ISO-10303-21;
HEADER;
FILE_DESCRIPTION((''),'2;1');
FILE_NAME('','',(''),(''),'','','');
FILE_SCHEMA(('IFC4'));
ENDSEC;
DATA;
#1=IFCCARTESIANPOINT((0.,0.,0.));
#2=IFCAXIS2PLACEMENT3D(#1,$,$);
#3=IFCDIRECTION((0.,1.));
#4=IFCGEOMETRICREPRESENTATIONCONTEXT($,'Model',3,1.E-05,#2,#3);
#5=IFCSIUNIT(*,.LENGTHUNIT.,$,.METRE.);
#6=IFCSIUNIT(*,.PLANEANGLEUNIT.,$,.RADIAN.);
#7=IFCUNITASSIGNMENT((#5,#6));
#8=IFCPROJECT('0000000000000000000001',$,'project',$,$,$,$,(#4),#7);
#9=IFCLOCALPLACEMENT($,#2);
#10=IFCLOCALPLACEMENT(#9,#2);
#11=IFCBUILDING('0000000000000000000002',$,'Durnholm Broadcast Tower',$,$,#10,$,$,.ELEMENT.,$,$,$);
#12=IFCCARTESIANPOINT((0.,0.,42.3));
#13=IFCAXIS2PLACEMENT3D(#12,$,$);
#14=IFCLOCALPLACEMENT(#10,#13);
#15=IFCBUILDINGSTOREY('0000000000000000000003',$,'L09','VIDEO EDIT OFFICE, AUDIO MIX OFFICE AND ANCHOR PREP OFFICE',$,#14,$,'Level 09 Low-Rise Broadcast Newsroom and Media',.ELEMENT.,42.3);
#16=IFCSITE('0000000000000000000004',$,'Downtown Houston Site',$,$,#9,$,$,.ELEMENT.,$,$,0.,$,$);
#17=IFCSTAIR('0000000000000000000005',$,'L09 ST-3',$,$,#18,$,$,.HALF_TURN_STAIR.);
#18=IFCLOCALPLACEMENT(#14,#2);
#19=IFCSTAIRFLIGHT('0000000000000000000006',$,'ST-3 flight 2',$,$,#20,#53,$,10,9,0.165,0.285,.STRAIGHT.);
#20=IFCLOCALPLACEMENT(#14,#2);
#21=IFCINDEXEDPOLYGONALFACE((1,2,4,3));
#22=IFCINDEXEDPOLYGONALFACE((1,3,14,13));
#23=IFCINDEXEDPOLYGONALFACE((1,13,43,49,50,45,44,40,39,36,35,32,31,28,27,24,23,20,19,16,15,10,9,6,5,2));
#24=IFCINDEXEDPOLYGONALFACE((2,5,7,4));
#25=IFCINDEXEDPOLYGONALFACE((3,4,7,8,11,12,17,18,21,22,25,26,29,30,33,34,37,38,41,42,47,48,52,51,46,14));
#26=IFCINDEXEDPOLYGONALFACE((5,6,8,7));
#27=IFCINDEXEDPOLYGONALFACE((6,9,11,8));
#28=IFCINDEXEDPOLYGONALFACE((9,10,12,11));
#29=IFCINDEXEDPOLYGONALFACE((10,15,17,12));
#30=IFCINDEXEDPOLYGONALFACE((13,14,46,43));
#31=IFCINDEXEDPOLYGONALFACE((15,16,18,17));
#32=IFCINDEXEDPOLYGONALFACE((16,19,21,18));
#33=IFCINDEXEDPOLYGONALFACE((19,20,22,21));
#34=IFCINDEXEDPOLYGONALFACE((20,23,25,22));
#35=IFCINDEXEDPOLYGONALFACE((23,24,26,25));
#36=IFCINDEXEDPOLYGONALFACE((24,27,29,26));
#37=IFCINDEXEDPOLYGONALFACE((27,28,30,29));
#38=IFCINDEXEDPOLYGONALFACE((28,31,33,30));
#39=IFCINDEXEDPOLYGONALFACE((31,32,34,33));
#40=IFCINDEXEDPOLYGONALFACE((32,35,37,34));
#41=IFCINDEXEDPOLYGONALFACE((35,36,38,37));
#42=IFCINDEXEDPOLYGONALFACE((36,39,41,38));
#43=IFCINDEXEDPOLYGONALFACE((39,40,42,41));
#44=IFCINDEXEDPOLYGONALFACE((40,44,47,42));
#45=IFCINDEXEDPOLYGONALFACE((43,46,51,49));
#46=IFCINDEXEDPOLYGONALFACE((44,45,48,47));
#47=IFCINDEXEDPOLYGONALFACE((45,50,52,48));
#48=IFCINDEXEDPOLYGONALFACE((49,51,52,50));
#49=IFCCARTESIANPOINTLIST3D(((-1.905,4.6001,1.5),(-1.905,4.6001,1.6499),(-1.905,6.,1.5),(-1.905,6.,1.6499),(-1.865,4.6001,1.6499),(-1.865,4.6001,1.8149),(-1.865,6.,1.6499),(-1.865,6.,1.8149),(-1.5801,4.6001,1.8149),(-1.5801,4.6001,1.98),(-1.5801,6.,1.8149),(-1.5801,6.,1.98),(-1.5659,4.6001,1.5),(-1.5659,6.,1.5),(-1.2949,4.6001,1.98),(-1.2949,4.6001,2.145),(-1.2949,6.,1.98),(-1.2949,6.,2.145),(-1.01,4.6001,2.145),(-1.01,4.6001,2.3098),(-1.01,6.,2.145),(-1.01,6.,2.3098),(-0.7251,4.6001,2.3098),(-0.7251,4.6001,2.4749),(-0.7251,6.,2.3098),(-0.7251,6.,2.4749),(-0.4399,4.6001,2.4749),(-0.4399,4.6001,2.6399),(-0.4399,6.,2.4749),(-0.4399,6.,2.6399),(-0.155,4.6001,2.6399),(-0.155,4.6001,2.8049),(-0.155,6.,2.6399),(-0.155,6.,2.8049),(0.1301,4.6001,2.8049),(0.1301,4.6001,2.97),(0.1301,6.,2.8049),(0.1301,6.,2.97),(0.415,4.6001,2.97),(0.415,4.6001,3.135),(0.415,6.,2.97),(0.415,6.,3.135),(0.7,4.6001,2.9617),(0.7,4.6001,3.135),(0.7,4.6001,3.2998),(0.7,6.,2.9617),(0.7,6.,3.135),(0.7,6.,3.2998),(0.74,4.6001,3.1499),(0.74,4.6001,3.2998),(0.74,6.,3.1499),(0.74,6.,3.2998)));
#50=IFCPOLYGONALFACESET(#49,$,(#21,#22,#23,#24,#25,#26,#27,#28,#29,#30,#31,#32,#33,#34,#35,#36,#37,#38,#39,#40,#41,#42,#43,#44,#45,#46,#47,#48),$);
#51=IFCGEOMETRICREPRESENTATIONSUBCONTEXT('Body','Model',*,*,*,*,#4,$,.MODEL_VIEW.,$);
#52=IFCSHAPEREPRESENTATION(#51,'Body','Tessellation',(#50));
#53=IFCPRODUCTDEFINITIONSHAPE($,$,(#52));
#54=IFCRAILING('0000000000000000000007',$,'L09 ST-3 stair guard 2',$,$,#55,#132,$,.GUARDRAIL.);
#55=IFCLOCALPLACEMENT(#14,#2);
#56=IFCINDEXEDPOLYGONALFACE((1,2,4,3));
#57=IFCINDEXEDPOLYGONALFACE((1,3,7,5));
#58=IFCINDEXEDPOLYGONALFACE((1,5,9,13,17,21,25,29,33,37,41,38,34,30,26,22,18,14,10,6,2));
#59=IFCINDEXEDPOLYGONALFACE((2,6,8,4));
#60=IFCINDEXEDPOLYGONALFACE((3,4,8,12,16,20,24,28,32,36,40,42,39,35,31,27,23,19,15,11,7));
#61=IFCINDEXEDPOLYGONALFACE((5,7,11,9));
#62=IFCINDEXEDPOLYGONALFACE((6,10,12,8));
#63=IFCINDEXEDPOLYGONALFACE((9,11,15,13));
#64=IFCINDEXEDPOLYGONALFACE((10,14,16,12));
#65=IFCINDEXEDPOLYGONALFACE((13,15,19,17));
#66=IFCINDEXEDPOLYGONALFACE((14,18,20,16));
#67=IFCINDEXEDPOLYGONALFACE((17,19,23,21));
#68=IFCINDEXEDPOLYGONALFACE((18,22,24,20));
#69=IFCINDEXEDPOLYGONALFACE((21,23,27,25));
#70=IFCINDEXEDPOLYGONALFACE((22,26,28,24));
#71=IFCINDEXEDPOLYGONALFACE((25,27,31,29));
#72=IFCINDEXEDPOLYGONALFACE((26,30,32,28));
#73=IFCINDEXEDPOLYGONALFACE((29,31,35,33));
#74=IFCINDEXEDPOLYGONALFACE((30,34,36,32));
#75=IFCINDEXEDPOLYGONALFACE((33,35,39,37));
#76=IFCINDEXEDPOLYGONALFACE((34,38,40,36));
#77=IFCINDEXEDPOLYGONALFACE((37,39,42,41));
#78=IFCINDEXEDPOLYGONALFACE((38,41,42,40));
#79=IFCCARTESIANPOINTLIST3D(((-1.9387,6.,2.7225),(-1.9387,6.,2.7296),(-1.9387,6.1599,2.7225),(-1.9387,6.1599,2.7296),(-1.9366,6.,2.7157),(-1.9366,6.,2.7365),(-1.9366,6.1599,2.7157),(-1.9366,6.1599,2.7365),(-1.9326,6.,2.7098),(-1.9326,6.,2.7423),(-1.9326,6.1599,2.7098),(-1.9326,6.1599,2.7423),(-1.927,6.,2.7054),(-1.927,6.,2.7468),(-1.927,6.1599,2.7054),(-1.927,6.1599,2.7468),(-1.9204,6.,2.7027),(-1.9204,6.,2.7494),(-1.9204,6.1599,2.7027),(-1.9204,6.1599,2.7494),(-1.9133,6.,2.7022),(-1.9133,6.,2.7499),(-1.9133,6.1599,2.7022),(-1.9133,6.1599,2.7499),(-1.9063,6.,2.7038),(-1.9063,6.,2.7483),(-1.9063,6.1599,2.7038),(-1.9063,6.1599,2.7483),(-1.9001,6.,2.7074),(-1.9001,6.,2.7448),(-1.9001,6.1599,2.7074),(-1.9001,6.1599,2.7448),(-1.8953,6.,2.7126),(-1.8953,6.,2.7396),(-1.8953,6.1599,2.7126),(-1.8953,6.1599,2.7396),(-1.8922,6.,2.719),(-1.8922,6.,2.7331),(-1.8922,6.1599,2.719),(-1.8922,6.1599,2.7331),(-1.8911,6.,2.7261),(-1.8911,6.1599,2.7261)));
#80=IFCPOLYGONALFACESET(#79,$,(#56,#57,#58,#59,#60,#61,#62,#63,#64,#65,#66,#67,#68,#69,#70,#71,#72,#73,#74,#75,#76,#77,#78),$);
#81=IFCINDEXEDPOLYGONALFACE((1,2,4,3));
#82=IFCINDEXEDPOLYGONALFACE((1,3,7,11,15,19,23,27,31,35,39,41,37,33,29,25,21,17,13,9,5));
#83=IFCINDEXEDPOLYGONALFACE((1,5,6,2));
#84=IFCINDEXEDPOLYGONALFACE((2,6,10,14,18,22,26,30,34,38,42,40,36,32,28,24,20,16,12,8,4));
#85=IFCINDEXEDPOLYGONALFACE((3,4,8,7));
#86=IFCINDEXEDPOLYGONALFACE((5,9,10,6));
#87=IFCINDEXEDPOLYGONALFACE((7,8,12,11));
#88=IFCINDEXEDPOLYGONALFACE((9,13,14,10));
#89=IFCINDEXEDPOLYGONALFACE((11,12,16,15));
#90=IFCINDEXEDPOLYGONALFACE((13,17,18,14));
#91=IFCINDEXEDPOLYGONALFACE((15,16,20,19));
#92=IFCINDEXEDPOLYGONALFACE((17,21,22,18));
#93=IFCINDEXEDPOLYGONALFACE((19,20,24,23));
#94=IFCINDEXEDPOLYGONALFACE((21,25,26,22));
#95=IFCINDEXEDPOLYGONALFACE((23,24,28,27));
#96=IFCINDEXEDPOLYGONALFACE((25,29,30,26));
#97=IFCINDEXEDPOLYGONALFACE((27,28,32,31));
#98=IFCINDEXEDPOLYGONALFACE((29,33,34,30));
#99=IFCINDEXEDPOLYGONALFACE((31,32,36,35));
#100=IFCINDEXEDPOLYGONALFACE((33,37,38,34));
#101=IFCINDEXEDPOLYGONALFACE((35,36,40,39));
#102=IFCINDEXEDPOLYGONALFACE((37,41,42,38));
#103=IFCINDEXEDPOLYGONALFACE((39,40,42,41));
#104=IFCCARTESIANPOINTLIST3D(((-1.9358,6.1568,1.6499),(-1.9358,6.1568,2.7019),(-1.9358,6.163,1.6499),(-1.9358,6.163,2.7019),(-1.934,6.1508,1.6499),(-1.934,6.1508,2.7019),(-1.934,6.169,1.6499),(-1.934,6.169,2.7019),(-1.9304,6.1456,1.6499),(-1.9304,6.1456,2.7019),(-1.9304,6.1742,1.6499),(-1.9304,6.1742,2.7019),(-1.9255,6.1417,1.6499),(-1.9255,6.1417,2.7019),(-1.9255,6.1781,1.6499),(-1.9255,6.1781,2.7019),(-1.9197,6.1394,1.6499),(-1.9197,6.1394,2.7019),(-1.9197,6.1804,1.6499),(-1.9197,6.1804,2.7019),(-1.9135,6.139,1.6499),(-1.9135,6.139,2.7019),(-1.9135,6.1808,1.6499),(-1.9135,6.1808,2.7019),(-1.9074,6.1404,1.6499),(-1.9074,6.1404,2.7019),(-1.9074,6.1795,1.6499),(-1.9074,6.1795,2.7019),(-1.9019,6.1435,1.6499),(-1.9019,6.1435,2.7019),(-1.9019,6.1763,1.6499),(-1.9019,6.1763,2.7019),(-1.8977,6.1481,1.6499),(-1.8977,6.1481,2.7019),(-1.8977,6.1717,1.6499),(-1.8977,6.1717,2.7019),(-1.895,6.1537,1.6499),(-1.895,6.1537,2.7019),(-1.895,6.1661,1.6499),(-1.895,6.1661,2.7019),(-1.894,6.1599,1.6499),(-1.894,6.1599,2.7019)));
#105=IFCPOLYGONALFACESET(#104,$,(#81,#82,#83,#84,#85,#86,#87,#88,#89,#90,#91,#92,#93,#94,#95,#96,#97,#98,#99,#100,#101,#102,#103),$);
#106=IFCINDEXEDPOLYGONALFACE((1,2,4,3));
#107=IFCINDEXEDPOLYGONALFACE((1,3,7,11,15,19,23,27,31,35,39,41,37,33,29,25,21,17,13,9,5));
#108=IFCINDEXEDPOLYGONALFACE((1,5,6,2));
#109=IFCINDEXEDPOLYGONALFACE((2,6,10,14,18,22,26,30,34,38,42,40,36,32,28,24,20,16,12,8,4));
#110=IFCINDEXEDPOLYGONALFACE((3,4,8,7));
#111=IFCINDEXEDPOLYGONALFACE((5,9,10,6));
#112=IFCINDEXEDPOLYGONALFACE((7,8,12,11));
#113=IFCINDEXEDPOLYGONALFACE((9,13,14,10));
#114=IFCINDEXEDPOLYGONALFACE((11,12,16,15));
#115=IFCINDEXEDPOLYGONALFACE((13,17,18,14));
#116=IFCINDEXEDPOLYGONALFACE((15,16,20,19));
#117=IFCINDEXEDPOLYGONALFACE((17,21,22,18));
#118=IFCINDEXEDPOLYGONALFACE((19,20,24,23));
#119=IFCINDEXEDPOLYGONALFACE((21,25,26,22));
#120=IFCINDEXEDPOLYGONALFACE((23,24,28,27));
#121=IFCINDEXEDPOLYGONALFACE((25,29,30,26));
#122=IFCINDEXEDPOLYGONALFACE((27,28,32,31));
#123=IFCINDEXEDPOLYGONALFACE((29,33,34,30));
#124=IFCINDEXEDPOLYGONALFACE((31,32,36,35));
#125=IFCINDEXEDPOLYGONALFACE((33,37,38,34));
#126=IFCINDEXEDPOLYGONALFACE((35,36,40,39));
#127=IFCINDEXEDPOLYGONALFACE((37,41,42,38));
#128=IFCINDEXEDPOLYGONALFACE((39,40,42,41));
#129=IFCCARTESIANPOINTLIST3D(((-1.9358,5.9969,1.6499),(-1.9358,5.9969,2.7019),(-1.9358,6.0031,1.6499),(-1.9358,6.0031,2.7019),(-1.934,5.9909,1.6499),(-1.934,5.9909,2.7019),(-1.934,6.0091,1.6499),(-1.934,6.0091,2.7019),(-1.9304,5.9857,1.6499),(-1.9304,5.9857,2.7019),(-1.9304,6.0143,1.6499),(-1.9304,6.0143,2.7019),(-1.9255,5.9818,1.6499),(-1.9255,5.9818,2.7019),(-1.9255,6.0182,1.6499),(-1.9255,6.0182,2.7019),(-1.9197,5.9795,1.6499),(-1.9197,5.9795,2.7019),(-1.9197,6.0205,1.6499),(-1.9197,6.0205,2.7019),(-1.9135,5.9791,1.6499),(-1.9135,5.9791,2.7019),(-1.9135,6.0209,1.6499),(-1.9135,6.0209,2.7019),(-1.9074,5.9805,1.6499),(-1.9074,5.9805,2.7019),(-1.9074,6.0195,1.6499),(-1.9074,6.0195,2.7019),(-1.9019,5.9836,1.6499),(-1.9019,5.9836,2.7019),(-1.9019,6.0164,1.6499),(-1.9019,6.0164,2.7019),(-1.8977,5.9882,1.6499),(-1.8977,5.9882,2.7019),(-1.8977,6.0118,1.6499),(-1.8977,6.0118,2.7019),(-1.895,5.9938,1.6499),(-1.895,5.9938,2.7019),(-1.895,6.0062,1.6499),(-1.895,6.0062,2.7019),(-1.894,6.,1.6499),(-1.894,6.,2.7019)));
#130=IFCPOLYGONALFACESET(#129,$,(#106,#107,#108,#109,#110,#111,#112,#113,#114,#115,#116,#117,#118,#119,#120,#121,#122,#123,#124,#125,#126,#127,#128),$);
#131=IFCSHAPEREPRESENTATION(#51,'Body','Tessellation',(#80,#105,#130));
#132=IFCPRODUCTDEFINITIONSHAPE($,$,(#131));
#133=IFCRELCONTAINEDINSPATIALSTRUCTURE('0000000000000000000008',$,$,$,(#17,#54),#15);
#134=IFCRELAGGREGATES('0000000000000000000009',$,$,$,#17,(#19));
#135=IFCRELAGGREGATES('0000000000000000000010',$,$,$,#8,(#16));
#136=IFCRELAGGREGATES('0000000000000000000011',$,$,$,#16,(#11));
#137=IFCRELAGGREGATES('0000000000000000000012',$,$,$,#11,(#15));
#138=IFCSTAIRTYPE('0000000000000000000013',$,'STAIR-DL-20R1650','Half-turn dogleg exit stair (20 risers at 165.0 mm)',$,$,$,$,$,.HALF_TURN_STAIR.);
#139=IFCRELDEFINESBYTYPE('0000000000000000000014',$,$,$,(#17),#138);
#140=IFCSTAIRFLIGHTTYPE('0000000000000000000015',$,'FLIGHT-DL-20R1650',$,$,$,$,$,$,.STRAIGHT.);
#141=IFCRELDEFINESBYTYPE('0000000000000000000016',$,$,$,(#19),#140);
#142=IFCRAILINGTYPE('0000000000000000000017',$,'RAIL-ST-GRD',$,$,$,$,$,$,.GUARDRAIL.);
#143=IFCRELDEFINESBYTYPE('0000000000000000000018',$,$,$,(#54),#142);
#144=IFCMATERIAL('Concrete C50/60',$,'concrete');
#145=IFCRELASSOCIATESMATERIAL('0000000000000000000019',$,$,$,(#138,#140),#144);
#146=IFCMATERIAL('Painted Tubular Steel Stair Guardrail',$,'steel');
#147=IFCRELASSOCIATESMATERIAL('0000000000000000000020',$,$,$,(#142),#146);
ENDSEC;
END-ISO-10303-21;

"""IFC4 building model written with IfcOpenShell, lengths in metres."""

from ifc_helpers import new_model, si_unit, direction, frame, origin, origin_2d, place, context, subcontext, project, spatial, polyline, circle, outline, extrude, material, type_object, element, aggregate, save


model = new_model("IFC4")

# Units and contexts
model_context = context("Model", 3, precision=1e-05, world=origin(), true_north=direction((0.0, 1.0)))
body_context = subcontext(model_context, "Body", "Model", "MODEL_VIEW")
ifc_project = project(units=[si_unit("LENGTHUNIT", "METRE"), si_unit("PLANEANGLEUNIT", "RADIAN")], contexts=[model_context])

# Site, building, storey
site_placement = place(None, origin())
site = spatial("IfcSite", under=ifc_project, at=site_placement, Name="Downtown Houston Site", CompositionType="ELEMENT", RefElevation=0.0)
building_placement = place(site_placement, origin())
building = spatial("IfcBuilding", under=site, at=building_placement, Name="Durnholm Broadcast Tower", CompositionType="ELEMENT")
storey_placement = place(building_placement, frame((0.0, 0.0, 42.3)))
storey = spatial("IfcBuildingStorey", under=building, at=storey_placement, Name="L09", Description="VIDEO EDIT OFFICE, AUDIO MIX OFFICE AND ANCHOR PREP OFFICE", LongName="Level 09 Low-Rise Broadcast Newsroom and Media", CompositionType="ELEMENT", Elevation=42.3)

# Stair
ifc_material_1 = material(Name="Concrete C50/60", Category="concrete")
stair_type = type_object("IfcStairType", Name="STAIR-DL-20R1650", Description="Half-turn dogleg exit stair (20 risers at 165.0 mm)", PredefinedType="HALF_TURN_STAIR", material=ifc_material_1)
stair_placement = place(storey_placement, origin())
stair = element("IfcStair", 1, at=stair_placement, inside=storey, type_object=stair_type, Name="L09 ST-3", PredefinedType="HALF_TURN_STAIR")

# Stair flight
stair_flight_type = type_object("IfcStairFlightType", Name="FLIGHT-DL-20R1650", PredefinedType="STRAIGHT", material=ifc_material_1)
stair_flight_placement = place(storey_placement, frame((-1.865, 5.3, 1.6499), z_axis=(0.0, 0.0, 1.0), x_axis=(1.0, 0.0, 0.0)))
stair_flight = element("IfcStairFlight", 2, at=stair_flight_placement, type_object=stair_flight_type, Name="ST-3 flight 2", NumberOfRisers=10, NumberOfTreads=9, PredefinedType="STRAIGHT", RiserHeight=0.165, TreadLength=0.285, context=body_context, shape_type="SweptSolid", body=[
    extrude(outline(polyline([(-0.04, -0.1499), (-0.04, 0.0), (0.0, 0.0), (0.0, 0.165), (0.2849, 0.165), (0.2849, 0.3301), (0.5701, 0.3301), (0.5701, 0.4951), (0.855, 0.4951), (0.855, 0.6599), (1.1399, 0.6599), (1.1399, 0.825), (1.425, 0.825), (1.425, 0.99), (1.71, 0.99), (1.71, 1.155), (1.9951, 1.155), (1.9951, 1.3201), (2.28, 1.3201), (2.28, 1.4851), (2.5649, 1.4851), (2.5649, 1.6499), (2.605, 1.6499), (2.605, 1.5), (2.5649, 1.3118), (0.2991, -0.1499), (-0.04, -0.1499)])), frame((0.0, 0.7, 0.0), z_axis=(0.0, -1.0, 0.0), x_axis=(1.0, 0.0, 0.0)), (0.0, 0.0, 1.0), 1.3999),
])
aggregate(stair, [stair_flight])

# Railing
ifc_material_2 = material(Name="Painted Tubular Steel Stair Guardrail", Category="steel")
railing_type_1 = type_object("IfcRailingType", Name="RAIL-ST-GRD", PredefinedType="GUARDRAIL", material=ifc_material_2)
railing_1_placement = place(storey_placement, frame((-1.915, 6.1599, 1.6499)))
element("IfcRailing", 3, at=railing_1_placement, inside=storey, type_object=railing_type_1, Name="L09 ST-3 stair guard 2", PredefinedType="GUARDRAIL", context=body_context, shape_type="SweptSolid", body=[
    extrude(circle(Radius=0.0239, at=origin_2d()), frame((0.0, 0.0, 1.0762), z_axis=(0.0, -1.0, 0.0), x_axis=(1.0, 0.0, 0.0)), (0.0, 0.0, 1.0), 0.1599),
    extrude(circle(Radius=0.021, at=origin_2d()), origin(), (0.0, 0.0, 1.0), 1.052),
    extrude(circle(Radius=0.021, at=origin_2d()), frame((0.0, -0.1599, 0.0)), (0.0, 0.0, 1.0), 1.052),
])

save(model, "model.ifc")
